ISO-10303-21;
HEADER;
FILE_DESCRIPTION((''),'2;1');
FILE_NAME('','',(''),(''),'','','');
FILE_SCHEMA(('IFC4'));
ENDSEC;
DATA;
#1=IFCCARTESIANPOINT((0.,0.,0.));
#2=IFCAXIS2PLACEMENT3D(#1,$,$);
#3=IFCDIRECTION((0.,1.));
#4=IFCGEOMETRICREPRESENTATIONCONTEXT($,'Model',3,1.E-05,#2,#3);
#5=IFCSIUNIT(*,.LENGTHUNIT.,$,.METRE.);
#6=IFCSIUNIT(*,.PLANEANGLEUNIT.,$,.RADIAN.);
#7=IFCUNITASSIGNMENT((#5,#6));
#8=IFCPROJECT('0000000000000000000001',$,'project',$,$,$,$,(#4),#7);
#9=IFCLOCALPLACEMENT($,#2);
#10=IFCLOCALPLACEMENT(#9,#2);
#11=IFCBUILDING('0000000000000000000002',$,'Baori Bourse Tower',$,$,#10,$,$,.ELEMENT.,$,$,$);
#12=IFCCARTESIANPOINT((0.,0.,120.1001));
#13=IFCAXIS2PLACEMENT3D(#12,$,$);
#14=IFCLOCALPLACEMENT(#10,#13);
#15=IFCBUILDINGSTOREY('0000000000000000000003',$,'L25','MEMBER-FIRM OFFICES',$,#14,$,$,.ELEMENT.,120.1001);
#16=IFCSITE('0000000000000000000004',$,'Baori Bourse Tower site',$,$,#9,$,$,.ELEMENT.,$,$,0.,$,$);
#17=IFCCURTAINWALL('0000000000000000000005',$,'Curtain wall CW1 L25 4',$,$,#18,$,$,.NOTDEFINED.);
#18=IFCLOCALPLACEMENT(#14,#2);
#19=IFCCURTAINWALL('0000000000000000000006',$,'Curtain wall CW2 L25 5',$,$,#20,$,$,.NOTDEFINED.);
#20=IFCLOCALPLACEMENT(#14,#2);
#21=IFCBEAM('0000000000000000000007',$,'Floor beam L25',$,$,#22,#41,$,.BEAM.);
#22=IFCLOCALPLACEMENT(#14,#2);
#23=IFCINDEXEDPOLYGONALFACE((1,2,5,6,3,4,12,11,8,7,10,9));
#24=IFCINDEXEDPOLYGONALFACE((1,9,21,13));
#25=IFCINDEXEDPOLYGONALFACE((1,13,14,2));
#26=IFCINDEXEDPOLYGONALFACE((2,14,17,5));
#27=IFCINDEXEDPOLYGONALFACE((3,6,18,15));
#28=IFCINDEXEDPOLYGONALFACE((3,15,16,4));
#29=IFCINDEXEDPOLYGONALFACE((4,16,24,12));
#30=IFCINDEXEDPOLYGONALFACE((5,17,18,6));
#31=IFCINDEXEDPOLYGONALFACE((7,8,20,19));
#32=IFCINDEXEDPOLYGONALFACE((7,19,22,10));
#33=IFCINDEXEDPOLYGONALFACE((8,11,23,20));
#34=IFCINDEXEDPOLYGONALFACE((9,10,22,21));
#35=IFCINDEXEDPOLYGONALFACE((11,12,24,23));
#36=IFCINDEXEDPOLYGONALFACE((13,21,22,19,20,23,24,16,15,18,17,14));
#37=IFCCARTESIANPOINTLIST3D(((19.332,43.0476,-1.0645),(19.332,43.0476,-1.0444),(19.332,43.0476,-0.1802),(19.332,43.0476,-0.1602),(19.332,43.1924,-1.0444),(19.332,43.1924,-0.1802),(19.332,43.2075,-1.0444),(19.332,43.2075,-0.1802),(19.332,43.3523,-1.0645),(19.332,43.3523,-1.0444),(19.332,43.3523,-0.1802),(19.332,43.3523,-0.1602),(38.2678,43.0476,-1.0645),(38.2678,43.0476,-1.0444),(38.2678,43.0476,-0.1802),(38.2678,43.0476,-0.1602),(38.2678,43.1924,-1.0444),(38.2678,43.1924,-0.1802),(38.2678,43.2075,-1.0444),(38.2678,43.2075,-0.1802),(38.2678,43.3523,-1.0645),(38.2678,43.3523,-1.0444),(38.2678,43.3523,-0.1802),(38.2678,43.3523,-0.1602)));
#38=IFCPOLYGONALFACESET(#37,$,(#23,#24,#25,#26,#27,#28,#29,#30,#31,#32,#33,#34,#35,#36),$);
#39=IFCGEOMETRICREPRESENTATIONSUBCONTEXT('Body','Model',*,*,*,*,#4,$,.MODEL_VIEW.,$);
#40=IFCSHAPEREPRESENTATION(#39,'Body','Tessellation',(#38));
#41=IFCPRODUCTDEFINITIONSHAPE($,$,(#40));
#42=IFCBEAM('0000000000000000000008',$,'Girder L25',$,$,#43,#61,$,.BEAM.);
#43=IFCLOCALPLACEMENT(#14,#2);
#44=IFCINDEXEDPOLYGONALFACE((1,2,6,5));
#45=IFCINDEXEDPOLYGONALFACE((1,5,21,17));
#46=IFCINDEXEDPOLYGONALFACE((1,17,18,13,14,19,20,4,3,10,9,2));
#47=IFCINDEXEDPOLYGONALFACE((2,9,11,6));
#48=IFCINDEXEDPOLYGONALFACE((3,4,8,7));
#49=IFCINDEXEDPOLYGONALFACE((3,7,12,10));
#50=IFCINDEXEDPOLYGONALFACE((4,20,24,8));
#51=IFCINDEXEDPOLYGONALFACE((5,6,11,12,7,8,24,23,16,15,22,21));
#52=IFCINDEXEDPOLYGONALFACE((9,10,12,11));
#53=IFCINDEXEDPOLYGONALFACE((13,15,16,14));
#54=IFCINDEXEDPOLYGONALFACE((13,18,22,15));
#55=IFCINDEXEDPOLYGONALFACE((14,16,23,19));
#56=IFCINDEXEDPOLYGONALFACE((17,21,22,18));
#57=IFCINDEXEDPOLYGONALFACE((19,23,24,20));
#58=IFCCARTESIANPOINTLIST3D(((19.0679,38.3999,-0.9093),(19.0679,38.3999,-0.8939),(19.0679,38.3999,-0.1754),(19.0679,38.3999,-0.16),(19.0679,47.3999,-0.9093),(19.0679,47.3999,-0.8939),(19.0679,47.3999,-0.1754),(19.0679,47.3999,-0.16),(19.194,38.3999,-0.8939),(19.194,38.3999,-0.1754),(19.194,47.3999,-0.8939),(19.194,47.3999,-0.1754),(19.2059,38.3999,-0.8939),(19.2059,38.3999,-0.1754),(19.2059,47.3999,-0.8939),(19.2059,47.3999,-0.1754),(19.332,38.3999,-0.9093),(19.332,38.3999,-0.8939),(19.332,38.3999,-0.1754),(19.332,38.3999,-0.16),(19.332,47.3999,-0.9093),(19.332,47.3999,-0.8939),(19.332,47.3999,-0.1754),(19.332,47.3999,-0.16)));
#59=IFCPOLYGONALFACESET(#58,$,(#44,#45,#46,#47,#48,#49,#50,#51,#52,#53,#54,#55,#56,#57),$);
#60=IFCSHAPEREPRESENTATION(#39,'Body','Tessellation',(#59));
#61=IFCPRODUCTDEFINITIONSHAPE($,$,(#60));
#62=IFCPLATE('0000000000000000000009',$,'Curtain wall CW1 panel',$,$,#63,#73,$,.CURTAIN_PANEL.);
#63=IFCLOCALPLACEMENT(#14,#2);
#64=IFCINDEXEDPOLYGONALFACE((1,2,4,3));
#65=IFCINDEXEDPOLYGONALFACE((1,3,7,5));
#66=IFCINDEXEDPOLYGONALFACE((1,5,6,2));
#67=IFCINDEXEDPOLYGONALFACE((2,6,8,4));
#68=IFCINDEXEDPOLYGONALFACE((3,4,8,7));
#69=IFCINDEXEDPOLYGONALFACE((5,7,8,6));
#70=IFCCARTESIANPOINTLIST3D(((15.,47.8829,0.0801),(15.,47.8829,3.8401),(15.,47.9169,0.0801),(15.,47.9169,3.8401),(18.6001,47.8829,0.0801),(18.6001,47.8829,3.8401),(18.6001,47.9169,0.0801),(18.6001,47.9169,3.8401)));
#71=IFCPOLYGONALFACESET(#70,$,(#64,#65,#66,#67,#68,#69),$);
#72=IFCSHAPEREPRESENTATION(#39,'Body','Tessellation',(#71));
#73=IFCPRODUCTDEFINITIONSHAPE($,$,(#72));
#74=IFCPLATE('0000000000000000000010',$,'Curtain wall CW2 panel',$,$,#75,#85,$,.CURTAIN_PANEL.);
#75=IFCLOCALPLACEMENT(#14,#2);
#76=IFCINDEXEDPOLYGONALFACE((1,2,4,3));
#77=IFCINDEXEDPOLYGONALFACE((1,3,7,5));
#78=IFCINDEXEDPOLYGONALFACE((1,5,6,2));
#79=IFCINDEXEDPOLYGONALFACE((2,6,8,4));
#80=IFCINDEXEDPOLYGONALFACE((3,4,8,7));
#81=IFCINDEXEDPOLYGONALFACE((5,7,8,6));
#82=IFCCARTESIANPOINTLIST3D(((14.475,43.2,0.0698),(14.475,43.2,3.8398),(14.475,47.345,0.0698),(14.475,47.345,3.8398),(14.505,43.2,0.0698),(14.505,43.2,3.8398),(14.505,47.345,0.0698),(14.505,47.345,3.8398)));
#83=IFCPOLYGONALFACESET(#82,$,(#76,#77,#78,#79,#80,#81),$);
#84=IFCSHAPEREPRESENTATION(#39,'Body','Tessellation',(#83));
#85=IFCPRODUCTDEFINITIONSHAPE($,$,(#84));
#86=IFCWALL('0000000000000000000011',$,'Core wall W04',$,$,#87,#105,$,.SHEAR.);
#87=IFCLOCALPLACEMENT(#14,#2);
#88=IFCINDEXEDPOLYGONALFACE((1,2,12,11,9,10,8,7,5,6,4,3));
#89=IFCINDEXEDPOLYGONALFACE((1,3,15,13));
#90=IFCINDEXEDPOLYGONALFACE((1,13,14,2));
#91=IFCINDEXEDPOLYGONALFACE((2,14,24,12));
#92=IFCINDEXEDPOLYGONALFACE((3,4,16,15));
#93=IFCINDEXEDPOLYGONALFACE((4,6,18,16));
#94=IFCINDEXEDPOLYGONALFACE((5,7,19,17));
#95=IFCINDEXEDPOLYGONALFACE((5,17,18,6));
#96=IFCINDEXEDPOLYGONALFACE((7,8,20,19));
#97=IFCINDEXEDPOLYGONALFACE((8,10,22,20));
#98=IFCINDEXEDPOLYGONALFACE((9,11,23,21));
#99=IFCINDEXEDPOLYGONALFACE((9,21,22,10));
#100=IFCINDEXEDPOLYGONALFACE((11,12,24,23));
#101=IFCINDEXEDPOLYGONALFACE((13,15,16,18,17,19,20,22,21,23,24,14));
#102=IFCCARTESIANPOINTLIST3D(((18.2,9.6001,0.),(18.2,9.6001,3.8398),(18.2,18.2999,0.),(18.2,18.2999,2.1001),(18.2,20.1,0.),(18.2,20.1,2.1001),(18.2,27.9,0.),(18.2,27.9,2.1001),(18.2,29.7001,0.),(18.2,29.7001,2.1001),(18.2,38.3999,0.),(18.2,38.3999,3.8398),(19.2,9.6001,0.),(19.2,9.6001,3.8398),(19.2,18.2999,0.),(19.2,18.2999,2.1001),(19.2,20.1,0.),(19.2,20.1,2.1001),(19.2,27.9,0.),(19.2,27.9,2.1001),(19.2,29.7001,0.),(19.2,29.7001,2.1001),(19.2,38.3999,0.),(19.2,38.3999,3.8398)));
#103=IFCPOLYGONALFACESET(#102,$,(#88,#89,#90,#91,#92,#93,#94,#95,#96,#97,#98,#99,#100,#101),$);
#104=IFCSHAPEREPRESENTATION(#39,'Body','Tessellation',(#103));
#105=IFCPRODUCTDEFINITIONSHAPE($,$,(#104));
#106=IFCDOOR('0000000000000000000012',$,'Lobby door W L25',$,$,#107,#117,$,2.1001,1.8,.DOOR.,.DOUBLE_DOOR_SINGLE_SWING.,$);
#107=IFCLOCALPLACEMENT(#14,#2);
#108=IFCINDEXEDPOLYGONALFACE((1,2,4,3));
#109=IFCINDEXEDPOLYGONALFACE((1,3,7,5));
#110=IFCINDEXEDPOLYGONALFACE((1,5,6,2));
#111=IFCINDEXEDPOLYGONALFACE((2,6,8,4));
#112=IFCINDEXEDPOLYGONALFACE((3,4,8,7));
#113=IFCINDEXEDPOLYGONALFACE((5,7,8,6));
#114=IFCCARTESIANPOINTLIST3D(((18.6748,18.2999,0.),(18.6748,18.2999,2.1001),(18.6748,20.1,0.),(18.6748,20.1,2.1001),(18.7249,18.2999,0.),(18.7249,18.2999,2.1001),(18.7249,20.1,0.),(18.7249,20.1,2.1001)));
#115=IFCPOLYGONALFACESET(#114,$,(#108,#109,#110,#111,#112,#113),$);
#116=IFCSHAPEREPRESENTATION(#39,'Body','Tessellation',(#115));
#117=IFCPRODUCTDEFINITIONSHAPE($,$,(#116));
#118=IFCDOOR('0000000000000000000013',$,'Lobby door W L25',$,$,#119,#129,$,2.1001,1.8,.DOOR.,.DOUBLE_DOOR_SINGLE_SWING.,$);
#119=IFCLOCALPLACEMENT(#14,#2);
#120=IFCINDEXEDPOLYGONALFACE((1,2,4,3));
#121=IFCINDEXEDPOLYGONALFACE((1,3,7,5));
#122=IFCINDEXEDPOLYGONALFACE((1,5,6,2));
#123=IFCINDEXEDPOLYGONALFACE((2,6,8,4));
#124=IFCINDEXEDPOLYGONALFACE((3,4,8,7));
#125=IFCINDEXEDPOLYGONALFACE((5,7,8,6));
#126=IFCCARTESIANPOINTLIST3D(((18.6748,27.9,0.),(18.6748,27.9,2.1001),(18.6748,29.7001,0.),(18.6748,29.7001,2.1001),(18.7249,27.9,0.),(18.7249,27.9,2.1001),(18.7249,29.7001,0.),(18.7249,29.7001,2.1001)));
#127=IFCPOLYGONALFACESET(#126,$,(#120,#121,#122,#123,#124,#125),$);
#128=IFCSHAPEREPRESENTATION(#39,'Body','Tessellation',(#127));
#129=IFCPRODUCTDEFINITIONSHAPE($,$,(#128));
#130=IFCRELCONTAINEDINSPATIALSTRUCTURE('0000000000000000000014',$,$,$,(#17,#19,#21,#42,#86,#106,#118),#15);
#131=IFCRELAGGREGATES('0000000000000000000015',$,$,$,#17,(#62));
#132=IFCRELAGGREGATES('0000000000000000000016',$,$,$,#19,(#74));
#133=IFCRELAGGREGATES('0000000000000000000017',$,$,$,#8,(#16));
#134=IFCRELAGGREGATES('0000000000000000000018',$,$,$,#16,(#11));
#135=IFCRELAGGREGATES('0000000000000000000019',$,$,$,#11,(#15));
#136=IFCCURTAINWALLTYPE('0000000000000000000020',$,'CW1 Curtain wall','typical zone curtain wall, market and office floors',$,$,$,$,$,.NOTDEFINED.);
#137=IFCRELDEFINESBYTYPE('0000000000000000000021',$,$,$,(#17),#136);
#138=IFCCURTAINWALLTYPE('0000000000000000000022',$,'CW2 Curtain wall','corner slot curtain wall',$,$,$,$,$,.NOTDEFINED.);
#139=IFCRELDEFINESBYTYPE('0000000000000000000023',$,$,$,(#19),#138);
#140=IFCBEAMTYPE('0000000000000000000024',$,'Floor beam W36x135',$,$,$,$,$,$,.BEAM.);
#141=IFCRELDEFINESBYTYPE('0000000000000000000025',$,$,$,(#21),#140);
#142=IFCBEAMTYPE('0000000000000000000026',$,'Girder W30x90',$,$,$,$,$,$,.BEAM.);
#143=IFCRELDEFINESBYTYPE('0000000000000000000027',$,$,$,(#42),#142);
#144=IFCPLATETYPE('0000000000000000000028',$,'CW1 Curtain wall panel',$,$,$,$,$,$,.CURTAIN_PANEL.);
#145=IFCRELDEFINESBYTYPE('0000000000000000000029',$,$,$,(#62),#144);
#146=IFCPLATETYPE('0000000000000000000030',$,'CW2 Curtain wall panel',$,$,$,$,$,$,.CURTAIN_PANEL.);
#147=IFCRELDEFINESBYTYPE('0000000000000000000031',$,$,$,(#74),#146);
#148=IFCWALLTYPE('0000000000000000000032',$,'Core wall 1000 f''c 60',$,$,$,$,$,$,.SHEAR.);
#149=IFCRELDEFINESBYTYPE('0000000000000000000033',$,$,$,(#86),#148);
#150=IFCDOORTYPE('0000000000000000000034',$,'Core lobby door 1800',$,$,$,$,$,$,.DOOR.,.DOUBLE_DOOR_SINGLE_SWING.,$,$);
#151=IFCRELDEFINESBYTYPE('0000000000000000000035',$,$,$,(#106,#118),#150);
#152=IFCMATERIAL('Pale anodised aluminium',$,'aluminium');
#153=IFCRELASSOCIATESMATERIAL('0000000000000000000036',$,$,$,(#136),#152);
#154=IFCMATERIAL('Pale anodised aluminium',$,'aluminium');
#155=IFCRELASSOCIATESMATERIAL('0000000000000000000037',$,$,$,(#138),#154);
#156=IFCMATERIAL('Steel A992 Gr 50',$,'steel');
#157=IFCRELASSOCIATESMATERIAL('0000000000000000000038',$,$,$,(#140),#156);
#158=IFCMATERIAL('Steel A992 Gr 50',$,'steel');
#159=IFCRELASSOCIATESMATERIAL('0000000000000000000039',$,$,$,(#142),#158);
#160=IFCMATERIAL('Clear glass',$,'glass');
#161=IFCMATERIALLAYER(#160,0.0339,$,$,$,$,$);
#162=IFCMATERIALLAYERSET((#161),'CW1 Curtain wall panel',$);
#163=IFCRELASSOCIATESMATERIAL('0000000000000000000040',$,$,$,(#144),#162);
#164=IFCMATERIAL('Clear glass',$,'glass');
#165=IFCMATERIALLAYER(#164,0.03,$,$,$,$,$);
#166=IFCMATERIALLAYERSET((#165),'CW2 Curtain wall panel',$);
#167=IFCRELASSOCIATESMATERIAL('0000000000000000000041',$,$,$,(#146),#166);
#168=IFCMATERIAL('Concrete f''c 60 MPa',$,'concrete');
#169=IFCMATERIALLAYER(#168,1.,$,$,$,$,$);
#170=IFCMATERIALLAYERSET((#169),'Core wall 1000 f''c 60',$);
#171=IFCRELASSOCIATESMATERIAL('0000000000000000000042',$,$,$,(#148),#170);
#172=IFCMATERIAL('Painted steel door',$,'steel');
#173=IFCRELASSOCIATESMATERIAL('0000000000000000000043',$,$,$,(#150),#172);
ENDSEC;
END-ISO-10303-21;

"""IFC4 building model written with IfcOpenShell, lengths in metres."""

from ifc_helpers import new_model, si_unit, direction, frame, frame_2d, origin, origin_2d, place, context, subcontext, project, spatial, rectangle, i_section, extrude, material, layer, layer_set, material_profile, profile_set, type_object, element, fill, aggregate, save


model = new_model("IFC4")

# Units and contexts
model_context = context("Model", 3, precision=1e-05, world=origin(), true_north=direction((0.0, 1.0)))
body_context = subcontext(model_context, "Body", "Model", "MODEL_VIEW")
ifc_project = project(units=[si_unit("LENGTHUNIT", "METRE"), si_unit("PLANEANGLEUNIT", "RADIAN")], contexts=[model_context])

# Site, building, storey
site_placement = place(None, origin())
site = spatial("IfcSite", under=ifc_project, at=site_placement, Name="Baori Bourse Tower site", CompositionType="ELEMENT", RefElevation=0.0)
building_placement = place(site_placement, origin())
building = spatial("IfcBuilding", under=site, at=building_placement, Name="Baori Bourse Tower", CompositionType="ELEMENT")
storey_placement = place(building_placement, frame((0.0, 0.0, 120.1001)))
storey = spatial("IfcBuildingStorey", under=building, at=storey_placement, Name="L25", Description="MEMBER-FIRM OFFICES", CompositionType="ELEMENT", Elevation=120.1001)

# Curtain wall
ifc_material_1 = material(Name="Pale anodised aluminium", Category="aluminium")
curtain_wall_type_1 = type_object("IfcCurtainWallType", Name="CW1 Curtain wall", Description="typical zone curtain wall, market and office floors", PredefinedType="NOTDEFINED", material=ifc_material_1)
curtain_wall_1_placement = place(storey_placement, origin())
curtain_wall_1 = element("IfcCurtainWall", 1, at=curtain_wall_1_placement, inside=storey, type_object=curtain_wall_type_1, Name="Curtain wall CW1 L25 4", PredefinedType="NOTDEFINED")

# Curtain wall
ifc_material_2 = material(Name="Pale anodised aluminium", Category="aluminium")
curtain_wall_type_2 = type_object("IfcCurtainWallType", Name="CW2 Curtain wall", Description="corner slot curtain wall", PredefinedType="NOTDEFINED", material=ifc_material_2)
curtain_wall_2_placement = place(storey_placement, origin())
curtain_wall_2 = element("IfcCurtainWall", 2, at=curtain_wall_2_placement, inside=storey, type_object=curtain_wall_type_2, Name="Curtain wall CW2 L25 5", PredefinedType="NOTDEFINED")

# Beams
ifc_material_3 = material(Name="Steel A992 Gr 50", Category="steel")
ifc_material_profile_1 = material_profile(ifc_material_3, i_section(OverallWidth=0.3047, OverallDepth=0.9043, WebThickness=0.0151, FlangeThickness=0.02, at=origin_2d()), Name="W36x135")
ifc_profile_set_1 = profile_set([ifc_material_profile_1], Name="Steel A992 Gr 50")
beam_type_1 = type_object("IfcBeamType", Name="Floor beam W36x135", PredefinedType="BEAM", material=ifc_profile_set_1)
beam_1_placement = place(storey_placement, frame((19.332, 43.2, -0.6123), z_axis=(1.0, 0.0, 0.0), x_axis=(0.0, 1.0, 0.0)))
element("IfcBeam", 3, at=beam_1_placement, inside=storey, type_object=beam_type_1, Name="Floor beam L25", PredefinedType="BEAM", context=body_context, shape_type="SweptSolid", body=[
    extrude(i_section(OverallWidth=0.3047, OverallDepth=0.9043, WebThickness=0.0151, FlangeThickness=0.02, at=origin_2d()), origin(), (0.0, 0.0, 1.0), 18.9358),
])
ifc_material_4 = material(Name="Steel A992 Gr 50", Category="steel")
ifc_material_profile_2 = material_profile(ifc_material_4, i_section(OverallWidth=0.2642, OverallDepth=0.7493, WebThickness=0.012, FlangeThickness=0.0154, at=origin_2d()), Name="W30x90")
ifc_profile_set_2 = profile_set([ifc_material_profile_2], Name="Steel A992 Gr 50")
beam_type_2 = type_object("IfcBeamType", Name="Girder W30x90", PredefinedType="BEAM", material=ifc_profile_set_2)
beam_2_placement = place(storey_placement, frame((19.2, 38.3999, -0.5347), z_axis=(0.0, 1.0, 0.0), x_axis=(-1.0, 0.0, 0.0)))
element("IfcBeam", 4, at=beam_2_placement, inside=storey, type_object=beam_type_2, Name="Girder L25", PredefinedType="BEAM", context=body_context, shape_type="SweptSolid", body=[
    extrude(i_section(OverallWidth=0.2642, OverallDepth=0.7493, WebThickness=0.012, FlangeThickness=0.0154, at=origin_2d()), origin(), (0.0, 0.0, 1.0), 9.0),
])

# Plates
ifc_material_5 = material(Name="Clear glass", Category="glass")
ifc_layer_1 = layer(ifc_material_5, 0.0339)
ifc_layer_set_1 = layer_set([ifc_layer_1], Name="CW1 Curtain wall panel")
plate_type_1 = type_object("IfcPlateType", Name="CW1 Curtain wall panel", PredefinedType="CURTAIN_PANEL", material=ifc_layer_set_1)
plate_1_placement = place(storey_placement, frame((16.8, 47.8999, 0.0801), z_axis=(0.0, 0.0, 1.0), x_axis=(-1.0, 0.0, 0.0)))
plate_1 = element("IfcPlate", 5, at=plate_1_placement, type_object=plate_type_1, Name="Curtain wall CW1 panel", PredefinedType="CURTAIN_PANEL", context=body_context, shape_type="SweptSolid", body=[
    extrude(rectangle(XDim=3.6001, YDim=0.0339, at=origin_2d()), origin(), (0.0, 0.0, 1.0), 3.76),
])
aggregate(curtain_wall_1, [plate_1])
ifc_material_6 = material(Name="Clear glass", Category="glass")
ifc_layer_2 = layer(ifc_material_6, 0.03)
ifc_layer_set_2 = layer_set([ifc_layer_2], Name="CW2 Curtain wall panel")
plate_type_2 = type_object("IfcPlateType", Name="CW2 Curtain wall panel", PredefinedType="CURTAIN_PANEL", material=ifc_layer_set_2)
plate_2_placement = place(storey_placement, frame((14.49, 45.2725, 0.0698), z_axis=(0.0, 0.0, 1.0), x_axis=(0.0, -1.0, 0.0)))
plate_2 = element("IfcPlate", 6, at=plate_2_placement, type_object=plate_type_2, Name="Curtain wall CW2 panel", PredefinedType="CURTAIN_PANEL", context=body_context, shape_type="SweptSolid", body=[
    extrude(rectangle(XDim=4.145, YDim=0.03, at=origin_2d()), origin(), (0.0, 0.0, 1.0), 3.77),
])
aggregate(curtain_wall_2, [plate_2])

# Wall, openings, doors
ifc_material_7 = material(Name="Concrete f'c 60 MPa", Category="concrete")
ifc_layer_3 = layer(ifc_material_7, 1.0)
ifc_layer_set_3 = layer_set([ifc_layer_3], Name="Core wall 1000 f'c 60")
wall_type_1 = type_object("IfcWallType", Name="Core wall 1000 f'c 60", PredefinedType="SHEAR", material=ifc_layer_set_3)
wall_1_placement = place(storey_placement, frame((18.7, 38.3999, 0.0), z_axis=(0.0, 0.0, 1.0), x_axis=(0.0, -1.0, 0.0)))
wall_1 = element("IfcWall", 7, at=wall_1_placement, inside=storey, type_object=wall_type_1, Name="Core wall W04", PredefinedType="SHEAR", context=body_context, shape_type="SweptSolid", body=[
    extrude(rectangle(XDim=28.7998, YDim=1.0, at=frame_2d((14.3999, 0.0))), origin(), (0.0, 0.0, 1.0), 3.8398),
])
opening_1_placement = place(wall_1_placement, frame((18.3, 0.0, 0.0)))
opening_1 = element("IfcOpeningElement", 8, at=opening_1_placement, cuts=wall_1, PredefinedType="OPENING", context=body_context, shape_type="SweptSolid", body=[
    extrude(rectangle(XDim=1.8, YDim=2.1001, at=frame_2d((0.8999, 1.05))), frame((0.0, 0.51, 0.0), z_axis=(0.0, -1.0, 0.0), x_axis=(1.0, 0.0, 0.0)), (0.0, 0.0, 1.0), 1.02),
])
opening_2_placement = place(wall_1_placement, frame((8.7, 0.0, 0.0)))
opening_2 = element("IfcOpeningElement", 9, at=opening_2_placement, cuts=wall_1, PredefinedType="OPENING", context=body_context, shape_type="SweptSolid", body=[
    extrude(rectangle(XDim=1.8, YDim=2.1001, at=frame_2d((0.8999, 1.05))), frame((0.0, 0.51, 0.0), z_axis=(0.0, -1.0, 0.0), x_axis=(1.0, 0.0, 0.0)), (0.0, 0.0, 1.0), 1.02),
])
ifc_material_8 = material(Name="Painted steel door", Category="steel")
door_type_1 = type_object("IfcDoorType", Name="Core lobby door 1800", OperationType="DOUBLE_DOOR_SINGLE_SWING", PredefinedType="DOOR", material=ifc_material_8)
door_1_placement = place(opening_1_placement, origin())
door_1 = element("IfcDoor", 10, at=door_1_placement, inside=storey, type_object=door_type_1, Name="Lobby door W L25", OperationType="DOUBLE_DOOR_SINGLE_SWING", OverallHeight=2.1001, OverallWidth=1.8, PredefinedType="DOOR", context=body_context, shape_type="SweptSolid", body=[
    extrude(rectangle(XDim=1.8, YDim=2.1001, at=frame_2d((0.8999, 1.05))), frame((0.0, 0.0249, 0.0), z_axis=(0.0, -1.0, 0.0), x_axis=(1.0, 0.0, 0.0)), (0.0, 0.0, 1.0), 0.05),
])
fill(opening_1, door_1)
door_2_placement = place(opening_2_placement, origin())
door_2 = element("IfcDoor", 11, at=door_2_placement, inside=storey, type_object=door_type_1, Name="Lobby door W L25", OperationType="DOUBLE_DOOR_SINGLE_SWING", OverallHeight=2.1001, OverallWidth=1.8, PredefinedType="DOOR", context=body_context, shape_type="SweptSolid", body=[
    extrude(rectangle(XDim=1.8, YDim=2.1001, at=frame_2d((0.8999, 1.05))), frame((0.0, 0.0249, 0.0), z_axis=(0.0, -1.0, 0.0), x_axis=(1.0, 0.0, 0.0)), (0.0, 0.0, 1.0), 0.05),
])
fill(opening_2, door_2)

save(model, "model.ifc")
